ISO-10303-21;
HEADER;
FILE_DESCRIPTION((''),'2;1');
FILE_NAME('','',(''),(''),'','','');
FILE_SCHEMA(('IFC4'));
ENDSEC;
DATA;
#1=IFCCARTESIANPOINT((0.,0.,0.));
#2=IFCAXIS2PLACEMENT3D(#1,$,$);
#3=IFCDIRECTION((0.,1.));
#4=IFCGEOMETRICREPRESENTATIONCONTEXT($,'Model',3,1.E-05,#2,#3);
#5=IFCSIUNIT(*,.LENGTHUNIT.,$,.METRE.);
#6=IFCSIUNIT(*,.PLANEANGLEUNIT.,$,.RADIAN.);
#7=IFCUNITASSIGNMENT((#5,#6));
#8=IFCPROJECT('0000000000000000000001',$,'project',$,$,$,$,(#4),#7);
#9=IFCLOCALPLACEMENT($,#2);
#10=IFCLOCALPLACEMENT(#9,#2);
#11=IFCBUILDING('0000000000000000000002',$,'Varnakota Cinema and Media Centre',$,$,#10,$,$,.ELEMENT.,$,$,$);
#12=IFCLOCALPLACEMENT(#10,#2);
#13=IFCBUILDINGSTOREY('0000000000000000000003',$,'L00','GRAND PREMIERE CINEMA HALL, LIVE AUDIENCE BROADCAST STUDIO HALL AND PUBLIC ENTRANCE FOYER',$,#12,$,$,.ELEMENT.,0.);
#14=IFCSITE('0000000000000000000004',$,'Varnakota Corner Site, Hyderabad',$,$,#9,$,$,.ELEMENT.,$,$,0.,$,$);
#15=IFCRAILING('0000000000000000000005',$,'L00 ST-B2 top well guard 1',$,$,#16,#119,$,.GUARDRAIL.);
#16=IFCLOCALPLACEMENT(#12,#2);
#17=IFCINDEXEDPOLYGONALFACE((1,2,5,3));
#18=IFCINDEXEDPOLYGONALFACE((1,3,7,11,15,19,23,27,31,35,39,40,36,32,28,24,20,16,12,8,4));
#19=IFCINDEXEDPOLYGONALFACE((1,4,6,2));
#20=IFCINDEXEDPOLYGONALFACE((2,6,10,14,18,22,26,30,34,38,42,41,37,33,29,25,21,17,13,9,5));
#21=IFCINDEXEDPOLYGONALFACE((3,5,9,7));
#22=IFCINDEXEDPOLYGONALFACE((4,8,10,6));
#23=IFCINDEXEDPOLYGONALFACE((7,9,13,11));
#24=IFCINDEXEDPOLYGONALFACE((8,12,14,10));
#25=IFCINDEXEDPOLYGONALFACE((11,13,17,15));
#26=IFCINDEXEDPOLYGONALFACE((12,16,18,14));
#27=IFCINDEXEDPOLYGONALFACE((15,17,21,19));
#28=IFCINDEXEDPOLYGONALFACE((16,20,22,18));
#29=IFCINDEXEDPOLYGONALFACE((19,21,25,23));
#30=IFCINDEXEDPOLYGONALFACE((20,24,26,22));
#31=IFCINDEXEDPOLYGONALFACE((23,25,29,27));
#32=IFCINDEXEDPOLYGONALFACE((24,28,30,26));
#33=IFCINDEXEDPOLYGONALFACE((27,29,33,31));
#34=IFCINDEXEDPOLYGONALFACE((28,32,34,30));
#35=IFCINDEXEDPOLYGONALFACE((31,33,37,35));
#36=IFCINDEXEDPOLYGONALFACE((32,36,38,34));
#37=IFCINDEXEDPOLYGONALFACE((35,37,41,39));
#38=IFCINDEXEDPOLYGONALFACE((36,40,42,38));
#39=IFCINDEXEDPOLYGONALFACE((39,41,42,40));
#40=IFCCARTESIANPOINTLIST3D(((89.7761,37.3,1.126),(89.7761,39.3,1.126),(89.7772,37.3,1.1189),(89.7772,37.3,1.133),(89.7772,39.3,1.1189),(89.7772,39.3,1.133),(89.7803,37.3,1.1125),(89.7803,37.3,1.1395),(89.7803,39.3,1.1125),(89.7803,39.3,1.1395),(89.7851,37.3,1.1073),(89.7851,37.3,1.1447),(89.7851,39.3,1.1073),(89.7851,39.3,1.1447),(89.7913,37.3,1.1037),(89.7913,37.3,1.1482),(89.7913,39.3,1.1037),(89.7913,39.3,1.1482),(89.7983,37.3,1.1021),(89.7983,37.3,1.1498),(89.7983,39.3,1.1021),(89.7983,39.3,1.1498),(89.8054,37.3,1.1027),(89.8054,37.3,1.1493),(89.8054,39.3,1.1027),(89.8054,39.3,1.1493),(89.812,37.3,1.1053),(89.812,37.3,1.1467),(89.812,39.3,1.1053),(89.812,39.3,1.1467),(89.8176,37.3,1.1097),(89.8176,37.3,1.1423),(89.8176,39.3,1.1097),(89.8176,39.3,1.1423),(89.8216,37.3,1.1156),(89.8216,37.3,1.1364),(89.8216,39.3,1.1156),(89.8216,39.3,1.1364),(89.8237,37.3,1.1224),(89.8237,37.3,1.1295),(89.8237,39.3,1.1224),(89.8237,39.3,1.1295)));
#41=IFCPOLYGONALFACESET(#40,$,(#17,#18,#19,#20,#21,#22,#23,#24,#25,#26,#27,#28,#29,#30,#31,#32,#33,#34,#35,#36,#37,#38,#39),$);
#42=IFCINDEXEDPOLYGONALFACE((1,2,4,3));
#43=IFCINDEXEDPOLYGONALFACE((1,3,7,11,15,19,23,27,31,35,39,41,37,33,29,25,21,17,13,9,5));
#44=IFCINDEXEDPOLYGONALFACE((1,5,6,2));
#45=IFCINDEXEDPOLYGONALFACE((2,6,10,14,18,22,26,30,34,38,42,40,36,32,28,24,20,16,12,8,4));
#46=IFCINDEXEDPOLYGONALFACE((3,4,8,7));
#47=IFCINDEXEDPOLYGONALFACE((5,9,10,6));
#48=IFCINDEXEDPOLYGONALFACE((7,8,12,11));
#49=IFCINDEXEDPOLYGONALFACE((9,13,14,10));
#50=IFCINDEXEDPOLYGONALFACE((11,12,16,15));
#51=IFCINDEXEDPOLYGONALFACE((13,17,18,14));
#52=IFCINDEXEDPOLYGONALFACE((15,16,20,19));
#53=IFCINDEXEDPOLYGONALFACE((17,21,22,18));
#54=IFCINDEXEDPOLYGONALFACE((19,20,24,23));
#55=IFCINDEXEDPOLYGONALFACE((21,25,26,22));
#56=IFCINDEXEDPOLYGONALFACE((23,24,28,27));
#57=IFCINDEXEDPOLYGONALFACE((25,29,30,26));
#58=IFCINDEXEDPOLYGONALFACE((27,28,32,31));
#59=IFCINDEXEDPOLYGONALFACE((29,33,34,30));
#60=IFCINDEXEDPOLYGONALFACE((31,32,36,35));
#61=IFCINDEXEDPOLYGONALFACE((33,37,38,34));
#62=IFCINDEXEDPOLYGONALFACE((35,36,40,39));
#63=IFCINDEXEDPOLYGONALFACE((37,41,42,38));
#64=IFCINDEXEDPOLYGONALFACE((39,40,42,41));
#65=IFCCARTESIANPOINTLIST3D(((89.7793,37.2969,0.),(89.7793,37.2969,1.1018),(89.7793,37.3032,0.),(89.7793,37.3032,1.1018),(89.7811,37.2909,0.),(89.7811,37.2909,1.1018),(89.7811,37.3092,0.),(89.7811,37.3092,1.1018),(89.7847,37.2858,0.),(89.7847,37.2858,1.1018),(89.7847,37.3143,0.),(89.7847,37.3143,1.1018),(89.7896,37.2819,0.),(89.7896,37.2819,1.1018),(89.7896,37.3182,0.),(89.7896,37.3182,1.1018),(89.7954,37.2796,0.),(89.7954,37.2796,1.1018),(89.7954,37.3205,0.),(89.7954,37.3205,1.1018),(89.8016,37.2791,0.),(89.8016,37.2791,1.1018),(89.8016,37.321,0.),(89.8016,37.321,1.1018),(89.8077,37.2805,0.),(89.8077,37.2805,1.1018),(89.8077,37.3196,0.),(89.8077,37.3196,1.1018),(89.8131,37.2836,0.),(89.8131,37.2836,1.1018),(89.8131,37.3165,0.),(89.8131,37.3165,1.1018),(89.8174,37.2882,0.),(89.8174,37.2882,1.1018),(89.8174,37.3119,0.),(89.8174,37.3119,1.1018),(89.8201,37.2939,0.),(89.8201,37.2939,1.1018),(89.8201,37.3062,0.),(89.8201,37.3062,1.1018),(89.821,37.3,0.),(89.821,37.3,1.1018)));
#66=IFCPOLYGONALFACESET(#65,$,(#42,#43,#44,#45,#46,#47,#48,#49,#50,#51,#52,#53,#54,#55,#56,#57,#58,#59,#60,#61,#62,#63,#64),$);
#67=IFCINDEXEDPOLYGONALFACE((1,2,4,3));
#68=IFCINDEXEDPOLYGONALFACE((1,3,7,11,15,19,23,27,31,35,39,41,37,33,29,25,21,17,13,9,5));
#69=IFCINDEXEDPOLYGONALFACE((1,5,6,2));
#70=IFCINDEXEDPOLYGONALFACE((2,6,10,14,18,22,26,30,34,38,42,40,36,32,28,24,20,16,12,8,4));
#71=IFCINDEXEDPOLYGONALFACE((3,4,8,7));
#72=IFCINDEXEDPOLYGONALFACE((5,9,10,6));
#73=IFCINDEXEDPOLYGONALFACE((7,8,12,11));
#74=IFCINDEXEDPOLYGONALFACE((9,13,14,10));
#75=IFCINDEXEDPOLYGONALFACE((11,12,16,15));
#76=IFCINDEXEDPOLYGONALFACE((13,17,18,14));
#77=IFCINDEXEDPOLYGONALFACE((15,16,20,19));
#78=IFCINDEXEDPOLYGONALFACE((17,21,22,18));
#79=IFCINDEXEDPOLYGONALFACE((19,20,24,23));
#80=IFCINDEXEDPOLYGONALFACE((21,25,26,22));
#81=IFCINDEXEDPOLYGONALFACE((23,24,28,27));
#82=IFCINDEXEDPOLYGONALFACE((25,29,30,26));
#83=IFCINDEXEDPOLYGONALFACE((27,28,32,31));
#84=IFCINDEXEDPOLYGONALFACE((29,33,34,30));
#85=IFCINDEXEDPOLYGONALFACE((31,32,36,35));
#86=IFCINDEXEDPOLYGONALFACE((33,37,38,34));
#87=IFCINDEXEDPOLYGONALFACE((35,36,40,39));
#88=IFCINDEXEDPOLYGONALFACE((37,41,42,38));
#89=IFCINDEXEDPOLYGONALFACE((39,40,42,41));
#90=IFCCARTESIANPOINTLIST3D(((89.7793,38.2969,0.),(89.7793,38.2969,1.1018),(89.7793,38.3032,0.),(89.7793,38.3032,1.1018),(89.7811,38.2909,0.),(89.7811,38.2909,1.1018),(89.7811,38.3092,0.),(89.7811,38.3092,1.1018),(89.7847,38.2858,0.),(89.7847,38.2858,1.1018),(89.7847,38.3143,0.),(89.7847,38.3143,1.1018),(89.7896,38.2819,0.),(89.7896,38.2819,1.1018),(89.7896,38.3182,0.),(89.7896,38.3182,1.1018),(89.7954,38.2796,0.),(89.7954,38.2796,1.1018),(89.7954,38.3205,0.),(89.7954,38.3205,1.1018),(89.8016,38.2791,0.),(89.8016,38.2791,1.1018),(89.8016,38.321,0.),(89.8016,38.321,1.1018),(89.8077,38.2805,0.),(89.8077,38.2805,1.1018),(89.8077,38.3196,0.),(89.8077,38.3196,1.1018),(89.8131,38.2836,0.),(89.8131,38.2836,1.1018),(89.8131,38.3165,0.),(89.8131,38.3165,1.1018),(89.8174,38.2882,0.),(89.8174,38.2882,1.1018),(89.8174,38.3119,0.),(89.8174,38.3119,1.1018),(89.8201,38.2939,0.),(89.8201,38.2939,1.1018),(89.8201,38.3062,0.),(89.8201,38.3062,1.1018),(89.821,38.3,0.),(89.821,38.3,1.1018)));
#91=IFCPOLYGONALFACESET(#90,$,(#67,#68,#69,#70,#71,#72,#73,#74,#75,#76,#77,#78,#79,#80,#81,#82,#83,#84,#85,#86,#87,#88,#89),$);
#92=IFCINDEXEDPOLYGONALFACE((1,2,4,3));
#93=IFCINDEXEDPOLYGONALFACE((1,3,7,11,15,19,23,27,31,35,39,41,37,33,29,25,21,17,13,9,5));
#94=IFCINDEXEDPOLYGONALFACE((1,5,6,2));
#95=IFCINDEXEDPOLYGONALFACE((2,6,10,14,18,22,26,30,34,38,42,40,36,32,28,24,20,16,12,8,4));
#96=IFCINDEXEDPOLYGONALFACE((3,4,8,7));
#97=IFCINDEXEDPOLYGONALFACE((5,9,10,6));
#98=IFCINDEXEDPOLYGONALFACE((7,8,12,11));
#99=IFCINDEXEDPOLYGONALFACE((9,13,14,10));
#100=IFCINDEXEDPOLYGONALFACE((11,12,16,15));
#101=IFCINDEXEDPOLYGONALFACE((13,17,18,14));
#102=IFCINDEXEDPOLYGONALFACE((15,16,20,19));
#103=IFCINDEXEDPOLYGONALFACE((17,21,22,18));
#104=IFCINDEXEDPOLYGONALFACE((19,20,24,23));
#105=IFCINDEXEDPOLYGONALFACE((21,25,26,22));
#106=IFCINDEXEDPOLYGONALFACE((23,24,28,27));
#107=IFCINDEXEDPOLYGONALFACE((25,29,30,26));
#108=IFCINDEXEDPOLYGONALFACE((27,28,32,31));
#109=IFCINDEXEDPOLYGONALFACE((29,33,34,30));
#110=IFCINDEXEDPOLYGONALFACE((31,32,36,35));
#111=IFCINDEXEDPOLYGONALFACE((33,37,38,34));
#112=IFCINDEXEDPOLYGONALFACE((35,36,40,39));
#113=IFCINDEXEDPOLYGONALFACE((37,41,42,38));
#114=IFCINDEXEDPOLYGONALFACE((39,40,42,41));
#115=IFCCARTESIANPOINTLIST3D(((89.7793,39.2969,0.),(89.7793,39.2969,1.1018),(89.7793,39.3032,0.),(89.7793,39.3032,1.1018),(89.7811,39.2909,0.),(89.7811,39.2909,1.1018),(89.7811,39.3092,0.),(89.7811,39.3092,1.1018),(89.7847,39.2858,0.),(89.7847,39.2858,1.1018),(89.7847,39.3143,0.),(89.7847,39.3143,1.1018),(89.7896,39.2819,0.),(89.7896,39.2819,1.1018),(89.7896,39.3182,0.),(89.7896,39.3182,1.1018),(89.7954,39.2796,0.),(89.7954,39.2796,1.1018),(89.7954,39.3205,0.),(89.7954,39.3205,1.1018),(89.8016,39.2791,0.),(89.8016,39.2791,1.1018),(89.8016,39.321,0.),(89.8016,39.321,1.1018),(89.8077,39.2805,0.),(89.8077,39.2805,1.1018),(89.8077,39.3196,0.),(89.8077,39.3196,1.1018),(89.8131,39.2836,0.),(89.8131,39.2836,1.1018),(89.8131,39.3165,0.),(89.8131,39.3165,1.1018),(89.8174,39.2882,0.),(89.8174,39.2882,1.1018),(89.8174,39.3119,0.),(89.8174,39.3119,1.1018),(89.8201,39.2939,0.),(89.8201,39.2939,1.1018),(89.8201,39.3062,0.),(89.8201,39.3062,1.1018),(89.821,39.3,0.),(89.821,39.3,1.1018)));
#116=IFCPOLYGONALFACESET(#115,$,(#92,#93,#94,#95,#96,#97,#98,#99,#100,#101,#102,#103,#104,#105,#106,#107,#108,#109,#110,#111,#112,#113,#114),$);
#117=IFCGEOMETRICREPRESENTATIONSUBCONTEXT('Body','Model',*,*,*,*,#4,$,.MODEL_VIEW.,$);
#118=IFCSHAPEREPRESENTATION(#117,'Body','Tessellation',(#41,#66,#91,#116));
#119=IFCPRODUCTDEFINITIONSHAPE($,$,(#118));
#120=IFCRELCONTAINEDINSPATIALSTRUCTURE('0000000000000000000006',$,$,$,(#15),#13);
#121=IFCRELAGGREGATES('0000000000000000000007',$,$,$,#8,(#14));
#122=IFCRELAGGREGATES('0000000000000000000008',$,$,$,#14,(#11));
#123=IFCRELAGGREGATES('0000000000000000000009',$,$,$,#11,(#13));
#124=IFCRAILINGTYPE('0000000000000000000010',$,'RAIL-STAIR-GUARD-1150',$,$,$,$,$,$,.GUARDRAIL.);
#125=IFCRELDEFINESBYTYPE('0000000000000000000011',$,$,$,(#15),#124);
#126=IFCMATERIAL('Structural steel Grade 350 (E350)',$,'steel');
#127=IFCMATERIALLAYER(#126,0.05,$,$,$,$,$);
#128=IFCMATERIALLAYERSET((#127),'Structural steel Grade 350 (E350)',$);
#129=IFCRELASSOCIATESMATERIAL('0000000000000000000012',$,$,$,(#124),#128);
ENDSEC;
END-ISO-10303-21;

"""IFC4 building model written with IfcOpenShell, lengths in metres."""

from ifc_helpers import new_model, si_unit, direction, frame, origin, origin_2d, place, context, subcontext, project, spatial, circle, extrude, material, layer, layer_set, type_object, element, save


model = new_model("IFC4")

# Units and contexts
model_context = context("Model", 3, precision=1e-05, world=origin(), true_north=direction((0.0, 1.0)))
body_context = subcontext(model_context, "Body", "Model", "MODEL_VIEW")
ifc_project = project(units=[si_unit("LENGTHUNIT", "METRE"), si_unit("PLANEANGLEUNIT", "RADIAN")], contexts=[model_context])

# Site, building, storey
site_placement = place(None, origin())
site = spatial("IfcSite", under=ifc_project, at=site_placement, Name="Varnakota Corner Site, Hyderabad", CompositionType="ELEMENT", RefElevation=0.0)
building_placement = place(site_placement, origin())
building = spatial("IfcBuilding", under=site, at=building_placement, Name="Varnakota Cinema and Media Centre", CompositionType="ELEMENT")
storey_placement = place(building_placement, origin())
storey = spatial("IfcBuildingStorey", under=building, at=storey_placement, Name="L00", Description="GRAND PREMIERE CINEMA HALL, LIVE AUDIENCE BROADCAST STUDIO HALL AND PUBLIC ENTRANCE FOYER", CompositionType="ELEMENT", Elevation=0.0)

# Railing
ifc_material_1 = material(Name="Structural steel Grade 350 (E350)", Category="steel")
ifc_layer_1 = layer(ifc_material_1, 0.05)
ifc_layer_set_1 = layer_set([ifc_layer_1], Name="Structural steel Grade 350 (E350)")
railing_type = type_object("IfcRailingType", Name="RAIL-STAIR-GUARD-1150", PredefinedType="GUARDRAIL", material=ifc_layer_set_1)
railing_placement = place(storey_placement, frame((89.8, 37.3, 0.0)))
element("IfcRailing", 1, at=railing_placement, inside=storey, type_object=railing_type, Name="L00 ST-B2 top well guard 1", PredefinedType="GUARDRAIL", context=body_context, shape_type="SweptSolid", body=[
    extrude(circle(Radius=0.0239, at=origin_2d()), frame((0.0, 0.0, 1.126), z_axis=(0.0, 1.0, 0.0), x_axis=(-1.0, 0.0, 0.0)), (0.0, 0.0, 1.0), 2.0),
    extrude(circle(Radius=0.021, at=origin_2d()), origin(), (0.0, 0.0, 1.0), 1.1018),
    extrude(circle(Radius=0.021, at=origin_2d()), frame((0.0, 1.0, 0.0)), (0.0, 0.0, 1.0), 1.1018),
    extrude(circle(Radius=0.021, at=origin_2d()), frame((0.0, 2.0, 0.0)), (0.0, 0.0, 1.0), 1.1018),
])

save(model, "model.ifc")
